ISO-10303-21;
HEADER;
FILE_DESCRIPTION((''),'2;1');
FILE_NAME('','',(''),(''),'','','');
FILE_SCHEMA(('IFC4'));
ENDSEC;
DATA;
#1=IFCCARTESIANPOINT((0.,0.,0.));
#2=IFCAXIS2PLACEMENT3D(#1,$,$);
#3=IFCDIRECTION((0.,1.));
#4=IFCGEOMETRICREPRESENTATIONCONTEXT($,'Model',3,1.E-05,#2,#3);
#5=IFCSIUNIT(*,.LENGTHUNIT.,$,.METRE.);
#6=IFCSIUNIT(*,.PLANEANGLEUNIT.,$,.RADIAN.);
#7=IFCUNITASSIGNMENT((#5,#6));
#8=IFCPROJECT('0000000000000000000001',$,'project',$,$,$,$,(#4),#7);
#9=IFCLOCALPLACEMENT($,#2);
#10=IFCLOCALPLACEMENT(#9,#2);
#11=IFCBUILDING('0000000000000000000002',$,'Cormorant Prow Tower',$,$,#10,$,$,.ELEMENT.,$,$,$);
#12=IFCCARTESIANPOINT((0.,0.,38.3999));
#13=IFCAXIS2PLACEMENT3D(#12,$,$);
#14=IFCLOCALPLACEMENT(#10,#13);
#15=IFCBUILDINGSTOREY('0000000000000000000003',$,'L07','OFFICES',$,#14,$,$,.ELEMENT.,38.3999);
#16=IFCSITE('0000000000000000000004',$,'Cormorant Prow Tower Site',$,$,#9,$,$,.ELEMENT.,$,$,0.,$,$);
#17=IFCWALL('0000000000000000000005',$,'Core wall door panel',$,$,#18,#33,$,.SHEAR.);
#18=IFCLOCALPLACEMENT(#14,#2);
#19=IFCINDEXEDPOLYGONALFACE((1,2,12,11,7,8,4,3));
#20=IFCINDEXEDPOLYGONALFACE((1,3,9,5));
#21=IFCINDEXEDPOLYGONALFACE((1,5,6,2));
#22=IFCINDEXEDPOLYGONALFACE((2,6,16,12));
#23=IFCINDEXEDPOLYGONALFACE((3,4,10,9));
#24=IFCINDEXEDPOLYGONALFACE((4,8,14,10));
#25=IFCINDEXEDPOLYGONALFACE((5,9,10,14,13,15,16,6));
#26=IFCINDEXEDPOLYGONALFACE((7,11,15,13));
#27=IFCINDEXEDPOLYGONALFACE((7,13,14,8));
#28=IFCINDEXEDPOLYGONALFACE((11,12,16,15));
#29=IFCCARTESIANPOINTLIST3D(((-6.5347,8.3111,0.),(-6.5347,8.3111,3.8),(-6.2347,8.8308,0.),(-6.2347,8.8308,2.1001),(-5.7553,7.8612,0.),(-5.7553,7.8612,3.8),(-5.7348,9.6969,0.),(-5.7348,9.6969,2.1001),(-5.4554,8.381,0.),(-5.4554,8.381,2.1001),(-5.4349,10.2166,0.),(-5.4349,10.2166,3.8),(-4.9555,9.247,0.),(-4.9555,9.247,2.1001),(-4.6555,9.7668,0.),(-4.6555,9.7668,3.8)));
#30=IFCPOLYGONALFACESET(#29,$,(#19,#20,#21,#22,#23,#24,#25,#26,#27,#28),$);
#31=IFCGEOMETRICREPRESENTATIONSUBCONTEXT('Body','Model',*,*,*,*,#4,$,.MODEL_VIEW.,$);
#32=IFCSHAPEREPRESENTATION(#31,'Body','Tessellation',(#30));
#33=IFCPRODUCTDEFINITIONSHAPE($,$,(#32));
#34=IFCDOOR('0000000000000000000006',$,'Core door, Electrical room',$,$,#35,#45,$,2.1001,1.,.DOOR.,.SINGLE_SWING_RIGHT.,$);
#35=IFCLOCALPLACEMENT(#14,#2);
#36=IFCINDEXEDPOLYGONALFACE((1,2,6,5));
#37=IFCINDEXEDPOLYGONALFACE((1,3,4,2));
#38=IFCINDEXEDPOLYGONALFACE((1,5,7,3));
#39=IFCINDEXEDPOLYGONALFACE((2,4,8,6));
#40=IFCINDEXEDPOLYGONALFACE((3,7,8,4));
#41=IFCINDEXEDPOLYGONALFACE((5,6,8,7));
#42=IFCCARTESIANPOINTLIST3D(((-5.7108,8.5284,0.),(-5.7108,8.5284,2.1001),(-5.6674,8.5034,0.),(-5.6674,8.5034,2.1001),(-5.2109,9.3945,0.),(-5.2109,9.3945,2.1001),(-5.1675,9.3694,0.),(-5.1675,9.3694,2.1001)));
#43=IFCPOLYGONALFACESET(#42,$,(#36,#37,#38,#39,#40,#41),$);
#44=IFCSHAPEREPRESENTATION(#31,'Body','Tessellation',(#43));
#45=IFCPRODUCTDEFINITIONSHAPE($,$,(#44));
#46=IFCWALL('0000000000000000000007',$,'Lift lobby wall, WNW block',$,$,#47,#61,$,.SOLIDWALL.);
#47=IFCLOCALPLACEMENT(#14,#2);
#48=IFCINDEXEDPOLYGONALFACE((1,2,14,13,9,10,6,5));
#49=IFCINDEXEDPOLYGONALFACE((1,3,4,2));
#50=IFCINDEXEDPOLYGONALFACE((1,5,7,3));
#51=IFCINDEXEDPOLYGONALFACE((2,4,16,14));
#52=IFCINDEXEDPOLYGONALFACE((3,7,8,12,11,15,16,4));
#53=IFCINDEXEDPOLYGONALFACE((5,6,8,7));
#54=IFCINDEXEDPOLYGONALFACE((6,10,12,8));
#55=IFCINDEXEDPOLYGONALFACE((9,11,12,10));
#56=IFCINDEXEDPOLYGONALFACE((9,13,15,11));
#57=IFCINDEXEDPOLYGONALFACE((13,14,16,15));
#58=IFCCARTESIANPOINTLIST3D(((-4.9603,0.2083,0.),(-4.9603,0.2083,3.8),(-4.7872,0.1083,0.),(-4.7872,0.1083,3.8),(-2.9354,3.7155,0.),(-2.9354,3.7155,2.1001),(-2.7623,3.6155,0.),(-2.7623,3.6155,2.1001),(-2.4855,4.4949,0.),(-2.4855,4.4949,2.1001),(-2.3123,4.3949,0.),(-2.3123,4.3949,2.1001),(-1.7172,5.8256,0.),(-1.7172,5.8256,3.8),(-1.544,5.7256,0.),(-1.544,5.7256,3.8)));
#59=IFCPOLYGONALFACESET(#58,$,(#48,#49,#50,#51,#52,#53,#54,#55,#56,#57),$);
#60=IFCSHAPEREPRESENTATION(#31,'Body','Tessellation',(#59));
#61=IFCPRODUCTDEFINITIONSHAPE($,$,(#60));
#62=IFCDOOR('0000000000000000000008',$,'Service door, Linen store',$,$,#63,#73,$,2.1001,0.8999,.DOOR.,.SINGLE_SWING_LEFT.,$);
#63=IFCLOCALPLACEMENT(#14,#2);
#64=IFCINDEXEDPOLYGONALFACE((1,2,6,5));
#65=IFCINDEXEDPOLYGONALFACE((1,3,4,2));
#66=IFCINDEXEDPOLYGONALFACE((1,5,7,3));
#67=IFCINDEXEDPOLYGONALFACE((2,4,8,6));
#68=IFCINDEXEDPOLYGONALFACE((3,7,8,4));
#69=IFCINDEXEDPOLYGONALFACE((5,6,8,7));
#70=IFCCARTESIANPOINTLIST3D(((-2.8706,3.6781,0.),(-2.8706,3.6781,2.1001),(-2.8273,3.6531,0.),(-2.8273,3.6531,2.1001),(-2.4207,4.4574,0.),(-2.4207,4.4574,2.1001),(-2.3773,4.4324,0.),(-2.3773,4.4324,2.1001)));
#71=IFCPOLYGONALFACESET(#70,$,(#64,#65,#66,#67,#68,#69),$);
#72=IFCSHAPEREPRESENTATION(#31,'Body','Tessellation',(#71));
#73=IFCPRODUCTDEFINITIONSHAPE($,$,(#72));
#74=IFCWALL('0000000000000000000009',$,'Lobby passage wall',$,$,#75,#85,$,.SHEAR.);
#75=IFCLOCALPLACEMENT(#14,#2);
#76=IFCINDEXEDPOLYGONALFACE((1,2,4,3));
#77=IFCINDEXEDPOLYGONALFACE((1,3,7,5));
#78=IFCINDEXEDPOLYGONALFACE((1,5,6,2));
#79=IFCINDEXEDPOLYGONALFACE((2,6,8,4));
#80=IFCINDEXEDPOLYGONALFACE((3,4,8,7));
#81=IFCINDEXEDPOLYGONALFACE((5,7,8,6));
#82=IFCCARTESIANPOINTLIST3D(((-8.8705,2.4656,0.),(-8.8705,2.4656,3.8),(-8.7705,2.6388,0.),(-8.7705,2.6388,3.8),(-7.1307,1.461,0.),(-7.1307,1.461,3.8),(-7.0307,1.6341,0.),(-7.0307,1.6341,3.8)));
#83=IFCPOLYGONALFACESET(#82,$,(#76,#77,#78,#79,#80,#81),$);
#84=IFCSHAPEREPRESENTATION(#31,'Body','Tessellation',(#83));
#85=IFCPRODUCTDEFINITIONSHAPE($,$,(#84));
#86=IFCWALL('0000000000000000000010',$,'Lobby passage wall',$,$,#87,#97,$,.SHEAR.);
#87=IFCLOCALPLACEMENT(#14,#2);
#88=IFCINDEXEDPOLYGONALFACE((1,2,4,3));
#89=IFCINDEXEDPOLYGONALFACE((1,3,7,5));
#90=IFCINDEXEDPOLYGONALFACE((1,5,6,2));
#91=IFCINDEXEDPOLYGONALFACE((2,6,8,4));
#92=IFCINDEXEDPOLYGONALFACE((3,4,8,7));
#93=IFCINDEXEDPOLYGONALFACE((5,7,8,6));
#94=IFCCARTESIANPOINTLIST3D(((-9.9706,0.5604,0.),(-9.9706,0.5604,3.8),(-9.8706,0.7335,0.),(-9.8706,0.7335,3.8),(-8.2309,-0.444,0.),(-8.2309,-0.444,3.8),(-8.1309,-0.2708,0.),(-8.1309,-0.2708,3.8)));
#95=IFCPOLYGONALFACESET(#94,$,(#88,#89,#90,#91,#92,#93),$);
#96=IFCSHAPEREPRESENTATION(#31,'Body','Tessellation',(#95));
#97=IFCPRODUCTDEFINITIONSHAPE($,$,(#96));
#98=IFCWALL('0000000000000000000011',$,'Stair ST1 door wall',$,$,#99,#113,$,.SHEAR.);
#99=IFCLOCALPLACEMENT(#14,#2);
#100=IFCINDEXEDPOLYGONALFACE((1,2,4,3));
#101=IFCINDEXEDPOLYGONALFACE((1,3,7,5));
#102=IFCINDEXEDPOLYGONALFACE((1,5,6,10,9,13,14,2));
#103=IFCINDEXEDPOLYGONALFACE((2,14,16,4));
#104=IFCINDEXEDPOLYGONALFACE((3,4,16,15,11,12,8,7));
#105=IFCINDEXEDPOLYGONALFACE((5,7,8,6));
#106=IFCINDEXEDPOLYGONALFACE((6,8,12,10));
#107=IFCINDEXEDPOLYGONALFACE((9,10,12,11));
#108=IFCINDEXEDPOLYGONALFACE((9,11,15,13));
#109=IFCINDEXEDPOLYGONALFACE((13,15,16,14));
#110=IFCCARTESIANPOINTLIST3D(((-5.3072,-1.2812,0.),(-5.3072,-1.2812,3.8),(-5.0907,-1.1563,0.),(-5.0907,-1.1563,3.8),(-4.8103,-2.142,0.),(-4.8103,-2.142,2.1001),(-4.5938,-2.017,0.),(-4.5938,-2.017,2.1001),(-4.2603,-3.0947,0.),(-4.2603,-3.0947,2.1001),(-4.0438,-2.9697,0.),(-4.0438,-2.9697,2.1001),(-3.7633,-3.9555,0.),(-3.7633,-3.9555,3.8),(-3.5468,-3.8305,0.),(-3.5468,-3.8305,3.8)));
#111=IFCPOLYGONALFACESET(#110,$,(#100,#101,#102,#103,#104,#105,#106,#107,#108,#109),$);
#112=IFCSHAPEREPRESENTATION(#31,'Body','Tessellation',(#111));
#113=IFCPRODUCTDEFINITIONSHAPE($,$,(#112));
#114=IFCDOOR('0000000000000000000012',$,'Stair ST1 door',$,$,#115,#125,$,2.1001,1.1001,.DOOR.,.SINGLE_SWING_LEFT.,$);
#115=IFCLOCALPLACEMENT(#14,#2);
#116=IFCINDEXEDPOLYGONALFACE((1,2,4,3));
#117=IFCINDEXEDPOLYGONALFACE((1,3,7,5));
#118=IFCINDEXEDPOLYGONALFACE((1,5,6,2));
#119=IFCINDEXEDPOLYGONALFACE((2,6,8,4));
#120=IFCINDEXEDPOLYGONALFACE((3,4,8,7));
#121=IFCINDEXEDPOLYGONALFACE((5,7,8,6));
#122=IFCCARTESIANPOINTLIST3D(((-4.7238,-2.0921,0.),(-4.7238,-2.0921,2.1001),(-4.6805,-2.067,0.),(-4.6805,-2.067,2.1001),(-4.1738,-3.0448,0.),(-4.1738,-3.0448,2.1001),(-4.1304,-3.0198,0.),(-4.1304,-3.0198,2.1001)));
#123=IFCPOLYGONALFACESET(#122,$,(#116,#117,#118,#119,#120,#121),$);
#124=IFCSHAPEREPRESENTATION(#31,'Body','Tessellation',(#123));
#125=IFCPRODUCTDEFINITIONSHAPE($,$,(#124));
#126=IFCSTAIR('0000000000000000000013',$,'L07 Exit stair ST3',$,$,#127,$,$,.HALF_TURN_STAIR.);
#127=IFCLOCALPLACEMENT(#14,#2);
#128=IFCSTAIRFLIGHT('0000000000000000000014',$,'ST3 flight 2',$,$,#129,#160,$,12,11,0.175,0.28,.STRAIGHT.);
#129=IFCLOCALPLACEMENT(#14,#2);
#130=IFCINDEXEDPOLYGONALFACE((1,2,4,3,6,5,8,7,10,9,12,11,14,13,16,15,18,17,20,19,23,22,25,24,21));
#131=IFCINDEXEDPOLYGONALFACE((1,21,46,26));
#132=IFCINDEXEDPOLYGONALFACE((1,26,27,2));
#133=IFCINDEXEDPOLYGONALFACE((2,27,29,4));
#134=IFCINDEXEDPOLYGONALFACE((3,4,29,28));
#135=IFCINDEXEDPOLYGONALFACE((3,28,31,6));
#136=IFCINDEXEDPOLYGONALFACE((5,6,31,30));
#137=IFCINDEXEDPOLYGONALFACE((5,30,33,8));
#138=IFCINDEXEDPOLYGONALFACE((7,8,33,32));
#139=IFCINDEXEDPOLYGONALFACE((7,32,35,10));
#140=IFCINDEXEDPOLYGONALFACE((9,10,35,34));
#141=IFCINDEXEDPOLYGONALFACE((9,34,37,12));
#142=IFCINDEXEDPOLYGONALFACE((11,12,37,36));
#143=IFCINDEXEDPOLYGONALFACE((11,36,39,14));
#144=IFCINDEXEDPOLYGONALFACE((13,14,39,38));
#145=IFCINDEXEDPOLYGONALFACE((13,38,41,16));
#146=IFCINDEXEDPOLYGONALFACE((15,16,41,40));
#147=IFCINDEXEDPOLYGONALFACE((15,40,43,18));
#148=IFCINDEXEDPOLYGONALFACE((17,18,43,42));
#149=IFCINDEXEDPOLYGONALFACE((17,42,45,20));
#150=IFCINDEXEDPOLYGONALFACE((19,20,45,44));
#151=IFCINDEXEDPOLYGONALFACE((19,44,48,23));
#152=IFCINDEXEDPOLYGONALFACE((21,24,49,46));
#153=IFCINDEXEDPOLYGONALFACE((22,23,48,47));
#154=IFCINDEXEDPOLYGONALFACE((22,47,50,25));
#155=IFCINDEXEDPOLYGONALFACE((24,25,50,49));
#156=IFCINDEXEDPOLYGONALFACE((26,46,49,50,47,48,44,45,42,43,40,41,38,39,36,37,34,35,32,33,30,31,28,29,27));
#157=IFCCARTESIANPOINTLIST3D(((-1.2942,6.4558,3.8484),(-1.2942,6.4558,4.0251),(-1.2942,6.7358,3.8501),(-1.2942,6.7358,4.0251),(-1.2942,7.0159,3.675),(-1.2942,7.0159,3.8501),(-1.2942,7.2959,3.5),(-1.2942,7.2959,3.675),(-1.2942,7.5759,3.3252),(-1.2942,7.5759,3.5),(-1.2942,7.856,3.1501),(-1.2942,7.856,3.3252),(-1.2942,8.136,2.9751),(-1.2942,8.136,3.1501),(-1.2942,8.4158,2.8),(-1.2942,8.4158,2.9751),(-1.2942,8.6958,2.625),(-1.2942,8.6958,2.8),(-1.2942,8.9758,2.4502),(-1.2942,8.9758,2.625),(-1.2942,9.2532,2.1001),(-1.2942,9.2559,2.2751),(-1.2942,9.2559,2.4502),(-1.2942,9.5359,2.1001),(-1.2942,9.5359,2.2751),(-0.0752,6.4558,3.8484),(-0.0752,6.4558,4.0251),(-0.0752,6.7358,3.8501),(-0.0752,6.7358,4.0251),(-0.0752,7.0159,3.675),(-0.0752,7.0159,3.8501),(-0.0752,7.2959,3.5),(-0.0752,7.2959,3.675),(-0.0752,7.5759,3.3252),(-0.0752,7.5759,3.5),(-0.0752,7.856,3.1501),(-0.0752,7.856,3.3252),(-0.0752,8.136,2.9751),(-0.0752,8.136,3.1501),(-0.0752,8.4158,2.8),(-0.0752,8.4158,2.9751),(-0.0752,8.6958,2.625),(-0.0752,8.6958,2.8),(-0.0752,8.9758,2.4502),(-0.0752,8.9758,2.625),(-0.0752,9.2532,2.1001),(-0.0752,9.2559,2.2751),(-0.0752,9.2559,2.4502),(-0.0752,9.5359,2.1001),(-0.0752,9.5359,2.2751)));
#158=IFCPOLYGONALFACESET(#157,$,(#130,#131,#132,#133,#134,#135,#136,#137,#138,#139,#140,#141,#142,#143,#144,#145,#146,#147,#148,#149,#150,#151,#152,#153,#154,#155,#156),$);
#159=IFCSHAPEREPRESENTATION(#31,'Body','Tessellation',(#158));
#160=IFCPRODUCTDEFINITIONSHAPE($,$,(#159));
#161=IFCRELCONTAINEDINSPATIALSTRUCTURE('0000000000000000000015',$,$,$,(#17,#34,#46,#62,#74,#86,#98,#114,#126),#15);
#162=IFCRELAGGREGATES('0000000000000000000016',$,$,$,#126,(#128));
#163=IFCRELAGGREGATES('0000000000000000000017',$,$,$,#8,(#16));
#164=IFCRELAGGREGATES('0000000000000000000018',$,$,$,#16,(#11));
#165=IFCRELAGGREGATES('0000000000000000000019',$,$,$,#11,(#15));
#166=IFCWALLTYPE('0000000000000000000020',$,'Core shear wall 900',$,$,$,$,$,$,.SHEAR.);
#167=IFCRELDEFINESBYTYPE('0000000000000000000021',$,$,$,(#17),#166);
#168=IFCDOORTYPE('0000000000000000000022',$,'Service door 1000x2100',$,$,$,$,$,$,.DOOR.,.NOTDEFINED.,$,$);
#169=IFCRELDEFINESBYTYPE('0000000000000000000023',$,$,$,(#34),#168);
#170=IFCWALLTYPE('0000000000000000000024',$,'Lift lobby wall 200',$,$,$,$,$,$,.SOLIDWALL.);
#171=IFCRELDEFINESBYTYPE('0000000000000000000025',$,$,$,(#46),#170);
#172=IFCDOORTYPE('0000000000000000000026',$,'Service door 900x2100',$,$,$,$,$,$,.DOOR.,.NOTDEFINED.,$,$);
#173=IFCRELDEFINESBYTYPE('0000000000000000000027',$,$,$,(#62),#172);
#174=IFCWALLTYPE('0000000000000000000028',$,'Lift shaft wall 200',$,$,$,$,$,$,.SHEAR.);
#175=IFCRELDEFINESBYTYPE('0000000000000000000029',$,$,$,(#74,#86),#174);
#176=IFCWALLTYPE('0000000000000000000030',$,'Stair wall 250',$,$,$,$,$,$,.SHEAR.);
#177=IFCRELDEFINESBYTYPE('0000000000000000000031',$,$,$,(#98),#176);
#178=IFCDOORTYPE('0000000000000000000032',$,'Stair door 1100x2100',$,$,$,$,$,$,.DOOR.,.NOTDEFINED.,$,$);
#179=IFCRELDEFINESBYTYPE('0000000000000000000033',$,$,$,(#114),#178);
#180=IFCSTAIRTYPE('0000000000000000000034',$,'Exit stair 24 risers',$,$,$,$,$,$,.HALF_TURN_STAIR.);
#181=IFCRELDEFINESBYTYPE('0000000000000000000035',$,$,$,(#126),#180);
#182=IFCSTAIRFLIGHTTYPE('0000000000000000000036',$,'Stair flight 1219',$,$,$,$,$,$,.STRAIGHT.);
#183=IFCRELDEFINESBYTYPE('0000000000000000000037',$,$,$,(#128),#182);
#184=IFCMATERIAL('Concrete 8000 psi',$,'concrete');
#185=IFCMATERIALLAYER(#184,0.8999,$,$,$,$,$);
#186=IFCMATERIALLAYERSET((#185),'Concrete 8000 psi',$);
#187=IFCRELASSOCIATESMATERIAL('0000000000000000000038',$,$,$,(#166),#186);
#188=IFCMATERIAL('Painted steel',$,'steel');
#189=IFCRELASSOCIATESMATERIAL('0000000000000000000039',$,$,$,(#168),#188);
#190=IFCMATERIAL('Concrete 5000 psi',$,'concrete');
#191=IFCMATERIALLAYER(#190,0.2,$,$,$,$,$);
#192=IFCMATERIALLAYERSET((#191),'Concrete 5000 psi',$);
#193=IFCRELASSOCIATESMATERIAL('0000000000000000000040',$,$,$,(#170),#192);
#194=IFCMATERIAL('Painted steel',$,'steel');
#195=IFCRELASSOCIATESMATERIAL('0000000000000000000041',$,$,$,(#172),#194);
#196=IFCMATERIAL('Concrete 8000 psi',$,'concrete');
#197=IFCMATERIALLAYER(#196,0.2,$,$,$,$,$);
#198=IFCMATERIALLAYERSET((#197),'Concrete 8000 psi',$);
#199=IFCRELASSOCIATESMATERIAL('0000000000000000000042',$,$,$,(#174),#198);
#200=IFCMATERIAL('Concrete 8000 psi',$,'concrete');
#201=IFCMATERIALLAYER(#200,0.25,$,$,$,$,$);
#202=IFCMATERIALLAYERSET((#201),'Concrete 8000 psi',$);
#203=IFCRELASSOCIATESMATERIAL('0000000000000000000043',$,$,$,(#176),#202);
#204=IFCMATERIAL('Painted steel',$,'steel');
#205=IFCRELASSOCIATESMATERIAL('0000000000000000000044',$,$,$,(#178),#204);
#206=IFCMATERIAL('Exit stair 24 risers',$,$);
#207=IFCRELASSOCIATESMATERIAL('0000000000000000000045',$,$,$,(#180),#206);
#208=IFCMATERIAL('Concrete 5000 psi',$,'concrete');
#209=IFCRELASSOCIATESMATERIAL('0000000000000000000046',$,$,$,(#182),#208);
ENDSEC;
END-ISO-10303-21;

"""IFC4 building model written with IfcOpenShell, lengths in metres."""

from ifc_helpers import new_model, si_unit, direction, frame, frame_2d, origin, place, context, subcontext, project, spatial, polyline, rectangle, outline, extrude, material, layer, layer_set, type_object, element, fill, aggregate, save


model = new_model("IFC4")

# Units and contexts
model_context = context("Model", 3, precision=1e-05, world=origin(), true_north=direction((0.0, 1.0)))
body_context = subcontext(model_context, "Body", "Model", "MODEL_VIEW")
ifc_project = project(units=[si_unit("LENGTHUNIT", "METRE"), si_unit("PLANEANGLEUNIT", "RADIAN")], contexts=[model_context])

# Site, building, storey
site_placement = place(None, origin())
site = spatial("IfcSite", under=ifc_project, at=site_placement, Name="Cormorant Prow Tower Site", CompositionType="ELEMENT", RefElevation=0.0)
building_placement = place(site_placement, origin())
building = spatial("IfcBuilding", under=site, at=building_placement, Name="Cormorant Prow Tower", CompositionType="ELEMENT")
storey_placement = place(building_placement, frame((0.0, 0.0, 38.3999)))
storey = spatial("IfcBuildingStorey", under=building, at=storey_placement, Name="L07", Description="OFFICES", CompositionType="ELEMENT", Elevation=38.3999)

# Shared definitions
ifc_material_1 = material(Name="Concrete 8000 psi", Category="concrete")
ifc_layer_1 = layer(ifc_material_1, 0.8999)
ifc_layer_set_1 = layer_set([ifc_layer_1], Name="Concrete 8000 psi")
wall_type_1 = type_object("IfcWallType", Name="Core shear wall 900", PredefinedType="SHEAR", material=ifc_layer_set_1)

# Walls, openings, doors
ifc_material_2 = material(Name="Painted steel", Category="steel")
door_type_1 = type_object("IfcDoorType", Name="Service door 1000x2100", OperationType="NOTDEFINED", PredefinedType="DOOR", material=ifc_material_2)
wall_1_placement = place(storey_placement, frame((-5.0452, 9.9917, 0.0), z_axis=(0.0, 0.0, 1.0), x_axis=(-0.499899, -0.866084, 0.0)))
wall_1 = element("IfcWall", 1, at=wall_1_placement, inside=storey, type_object=wall_type_1, Name="Core wall door panel", PredefinedType="SHEAR", context=body_context, shape_type="SweptSolid", body=[
    extrude(rectangle(XDim=2.2002, YDim=0.8999, at=frame_2d((1.1001, 0.0))), origin(), (0.0, 0.0, 1.0), 3.8),
])
opening_1_placement = place(wall_1_placement, frame((0.6001, 0.0, 0.0)))
opening_1 = element("IfcOpeningElement", 2, at=opening_1_placement, cuts=wall_1, PredefinedType="OPENING", context=body_context, shape_type="SweptSolid", body=[
    extrude(rectangle(XDim=1.0, YDim=2.1001, at=frame_2d((0.5, 1.05))), frame((0.0, 0.46, 0.0), z_axis=(0.0, -1.0, 0.0), x_axis=(1.0, 0.0, 0.0)), (0.0, 0.0, 1.0), 0.9199),
])
door_1_placement = place(opening_1_placement, origin())
door_1 = element("IfcDoor", 3, at=door_1_placement, inside=storey, type_object=door_type_1, Name="Core door, Electrical room", OperationType="SINGLE_SWING_RIGHT", OverallHeight=2.1001, OverallWidth=1.0, PredefinedType="DOOR", context=body_context, shape_type="SweptSolid", body=[
    extrude(rectangle(XDim=1.0, YDim=2.1001, at=frame_2d((0.5, 1.05))), frame((0.0, 0.2051, 0.0), z_axis=(0.0, -1.0, 0.0), x_axis=(1.0, 0.0, 0.0)), (0.0, 0.0, 1.0), 0.05),
])
fill(opening_1, door_1)
ifc_material_3 = material(Name="Concrete 5000 psi", Category="concrete")
ifc_layer_2 = layer(ifc_material_3, 0.2)
ifc_layer_set_2 = layer_set([ifc_layer_2], Name="Concrete 5000 psi")
wall_type_2 = type_object("IfcWallType", Name="Lift lobby wall 200", PredefinedType="SOLIDWALL", material=ifc_layer_set_2)
wall_2_placement = place(storey_placement, frame((-1.6306, 5.7756, 0.0), z_axis=(0.0, 0.0, 1.0), x_axis=(-0.499993, -0.86603, 0.0)))
wall_2 = element("IfcWall", 4, at=wall_2_placement, inside=storey, type_object=wall_type_2, Name="Lift lobby wall, WNW block", PredefinedType="SOLIDWALL", context=body_context, shape_type="SweptSolid", body=[
    extrude(rectangle(XDim=6.4863, YDim=0.2, at=frame_2d((3.2432, 0.0))), origin(), (0.0, 0.0, 1.0), 3.8),
])
opening_2_placement = place(wall_2_placement, frame((1.5366, 0.0, 0.0)))
opening_2 = element("IfcOpeningElement", 5, at=opening_2_placement, cuts=wall_2, PredefinedType="OPENING", context=body_context, shape_type="SweptSolid", body=[
    extrude(rectangle(XDim=0.8999, YDim=2.1001, at=frame_2d((0.45, 1.05))), frame((0.0, 0.1099, 0.0), z_axis=(0.0, -1.0, 0.0), x_axis=(1.0, 0.0, 0.0)), (0.0, 0.0, 1.0), 0.22),
])
ifc_material_4 = material(Name="Painted steel", Category="steel")
door_type_2 = type_object("IfcDoorType", Name="Service door 900x2100", OperationType="NOTDEFINED", PredefinedType="DOOR", material=ifc_material_4)
door_2_placement = place(opening_2_placement, origin())
door_2 = element("IfcDoor", 6, at=door_2_placement, inside=storey, type_object=door_type_2, Name="Service door, Linen store", OperationType="SINGLE_SWING_LEFT", OverallHeight=2.1001, OverallWidth=0.8999, PredefinedType="DOOR", context=body_context, shape_type="SweptSolid", body=[
    extrude(rectangle(XDim=0.8999, YDim=2.1001, at=frame_2d((0.45, 1.05))), frame((0.0, 0.0249, 0.0), z_axis=(0.0, -1.0, 0.0), x_axis=(1.0, 0.0, 0.0)), (0.0, 0.0, 1.0), 0.05),
])
fill(opening_2, door_2)

# Walls
ifc_material_5 = material(Name="Concrete 8000 psi", Category="concrete")
ifc_layer_3 = layer(ifc_material_5, 0.2)
ifc_layer_set_3 = layer_set([ifc_layer_3], Name="Concrete 8000 psi")
wall_type_3 = type_object("IfcWallType", Name="Lift shaft wall 200", PredefinedType="SHEAR", material=ifc_layer_set_3)
wall_3_placement = place(storey_placement, frame((-7.0808, 1.5476, 0.0), z_axis=(0.0, 0.0, 1.0), x_axis=(-0.865983, 0.500073, 0.0)))
element("IfcWall", 7, at=wall_3_placement, inside=storey, type_object=wall_type_3, Name="Lobby passage wall", PredefinedType="SHEAR", context=body_context, shape_type="SweptSolid", body=[
    extrude(rectangle(XDim=2.009, YDim=0.2, at=frame_2d((1.0044, 0.0))), origin(), (0.0, 0.0, 1.0), 3.8),
])
wall_4_placement = place(storey_placement, frame((-8.1809, -0.3574, 0.0), z_axis=(0.0, 0.0, 1.0), x_axis=(-0.866036, 0.499982, 0.0)))
element("IfcWall", 8, at=wall_4_placement, inside=storey, type_object=wall_type_3, Name="Lobby passage wall", PredefinedType="SHEAR", context=body_context, shape_type="SweptSolid", body=[
    extrude(rectangle(XDim=2.0088, YDim=0.2, at=frame_2d((1.0044, 0.0))), origin(), (0.0, 0.0, 1.0), 3.8),
])

# Wall, opening, door
ifc_material_6 = material(Name="Concrete 8000 psi", Category="concrete")
ifc_layer_4 = layer(ifc_material_6, 0.25)
ifc_layer_set_4 = layer_set([ifc_layer_4], Name="Concrete 8000 psi")
wall_type_4 = type_object("IfcWallType", Name="Stair wall 250", PredefinedType="SHEAR", material=ifc_layer_set_4)
wall_5_placement = place(storey_placement, frame((-5.199, -1.2188, 0.0), z_axis=(0.0, 0.0, 1.0), x_axis=(0.499983, -0.866035, 0.0)))
wall_5 = element("IfcWall", 9, at=wall_5_placement, inside=storey, type_object=wall_type_4, Name="Stair ST1 door wall", PredefinedType="SHEAR", context=body_context, shape_type="SweptSolid", body=[
    extrude(rectangle(XDim=3.0879, YDim=0.25, at=frame_2d((1.5439, 0.0))), origin(), (0.0, 0.0, 1.0), 3.8),
])
opening_3_placement = place(wall_5_placement, frame((0.9939, 0.0, 0.0)))
opening_3 = element("IfcOpeningElement", 10, at=opening_3_placement, cuts=wall_5, PredefinedType="OPENING", context=body_context, shape_type="SweptSolid", body=[
    extrude(rectangle(XDim=1.1001, YDim=2.1001, at=frame_2d((0.55, 1.05))), frame((0.0, 0.135, 0.0), z_axis=(0.0, -1.0, 0.0), x_axis=(1.0, 0.0, 0.0)), (0.0, 0.0, 1.0), 0.27),
])
ifc_material_7 = material(Name="Painted steel", Category="steel")
door_type_3 = type_object("IfcDoorType", Name="Stair door 1100x2100", OperationType="NOTDEFINED", PredefinedType="DOOR", material=ifc_material_7)
door_3_placement = place(opening_3_placement, origin())
door_3 = element("IfcDoor", 11, at=door_3_placement, inside=storey, type_object=door_type_3, Name="Stair ST1 door", OperationType="SINGLE_SWING_LEFT", OverallHeight=2.1001, OverallWidth=1.1001, PredefinedType="DOOR", context=body_context, shape_type="SweptSolid", body=[
    extrude(rectangle(XDim=1.1001, YDim=2.1001, at=frame_2d((0.55, 1.05))), frame((0.0, 0.0249, 0.0), z_axis=(0.0, -1.0, 0.0), x_axis=(1.0, 0.0, 0.0)), (0.0, 0.0, 1.0), 0.05),
])
fill(opening_3, door_3)

# Stair, stair flight
ifc_material_8 = material(Name="Exit stair 24 risers")
stair_type = type_object("IfcStairType", Name="Exit stair 24 risers", PredefinedType="HALF_TURN_STAIR", material=ifc_material_8)
stair_placement = place(storey_placement, origin())
stair = element("IfcStair", 12, at=stair_placement, inside=storey, type_object=stair_type, Name="L07 Exit stair ST3", PredefinedType="HALF_TURN_STAIR")
ifc_material_9 = material(Name="Concrete 5000 psi", Category="concrete")
stair_flight_type = type_object("IfcStairFlightType", Name="Stair flight 1219", PredefinedType="STRAIGHT", material=ifc_material_9)
stair_flight_placement = place(storey_placement, frame((-0.6846, 9.5359, 2.1001), z_axis=(0.0, 0.0, 1.0), x_axis=(0.0, -1.0, 0.0)))
stair_flight = element("IfcStairFlight", 13, at=stair_flight_placement, type_object=stair_flight_type, Name="ST3 flight 2", NumberOfRisers=12, NumberOfTreads=11, PredefinedType="STRAIGHT", RiserHeight=0.175, TreadLength=0.28, context=body_context, shape_type="SweptSolid", body=[
    extrude(outline(polyline([(0.0, 0.0), (0.0, 0.175), (0.28, 0.175), (0.28, 0.3501), (0.5601, 0.3501), (0.5601, 0.5249), (0.8401, 0.5249), (0.8401, 0.7), (1.1201, 0.7), (1.1201, 0.875), (1.3999, 0.875), (1.3999, 1.05), (1.6799, 1.05), (1.6799, 1.2251), (1.96, 1.2251), (1.96, 1.3999), (2.24, 1.3999), (2.24, 1.575), (2.52, 1.575), (2.52, 1.75), (2.8, 1.75), (2.8, 1.925), (3.0801, 1.925), (3.0801, 2.1001), (3.0801, 1.7483), (0.2827, 0.0), (0.0, 0.0)])), frame((0.0, 0.6094, 0.0), z_axis=(0.0, -1.0, 0.0), x_axis=(1.0, 0.0, 0.0)), (0.0, 0.0, 1.0), 1.219),
])
aggregate(stair, [stair_flight])

save(model, "model.ifc")
